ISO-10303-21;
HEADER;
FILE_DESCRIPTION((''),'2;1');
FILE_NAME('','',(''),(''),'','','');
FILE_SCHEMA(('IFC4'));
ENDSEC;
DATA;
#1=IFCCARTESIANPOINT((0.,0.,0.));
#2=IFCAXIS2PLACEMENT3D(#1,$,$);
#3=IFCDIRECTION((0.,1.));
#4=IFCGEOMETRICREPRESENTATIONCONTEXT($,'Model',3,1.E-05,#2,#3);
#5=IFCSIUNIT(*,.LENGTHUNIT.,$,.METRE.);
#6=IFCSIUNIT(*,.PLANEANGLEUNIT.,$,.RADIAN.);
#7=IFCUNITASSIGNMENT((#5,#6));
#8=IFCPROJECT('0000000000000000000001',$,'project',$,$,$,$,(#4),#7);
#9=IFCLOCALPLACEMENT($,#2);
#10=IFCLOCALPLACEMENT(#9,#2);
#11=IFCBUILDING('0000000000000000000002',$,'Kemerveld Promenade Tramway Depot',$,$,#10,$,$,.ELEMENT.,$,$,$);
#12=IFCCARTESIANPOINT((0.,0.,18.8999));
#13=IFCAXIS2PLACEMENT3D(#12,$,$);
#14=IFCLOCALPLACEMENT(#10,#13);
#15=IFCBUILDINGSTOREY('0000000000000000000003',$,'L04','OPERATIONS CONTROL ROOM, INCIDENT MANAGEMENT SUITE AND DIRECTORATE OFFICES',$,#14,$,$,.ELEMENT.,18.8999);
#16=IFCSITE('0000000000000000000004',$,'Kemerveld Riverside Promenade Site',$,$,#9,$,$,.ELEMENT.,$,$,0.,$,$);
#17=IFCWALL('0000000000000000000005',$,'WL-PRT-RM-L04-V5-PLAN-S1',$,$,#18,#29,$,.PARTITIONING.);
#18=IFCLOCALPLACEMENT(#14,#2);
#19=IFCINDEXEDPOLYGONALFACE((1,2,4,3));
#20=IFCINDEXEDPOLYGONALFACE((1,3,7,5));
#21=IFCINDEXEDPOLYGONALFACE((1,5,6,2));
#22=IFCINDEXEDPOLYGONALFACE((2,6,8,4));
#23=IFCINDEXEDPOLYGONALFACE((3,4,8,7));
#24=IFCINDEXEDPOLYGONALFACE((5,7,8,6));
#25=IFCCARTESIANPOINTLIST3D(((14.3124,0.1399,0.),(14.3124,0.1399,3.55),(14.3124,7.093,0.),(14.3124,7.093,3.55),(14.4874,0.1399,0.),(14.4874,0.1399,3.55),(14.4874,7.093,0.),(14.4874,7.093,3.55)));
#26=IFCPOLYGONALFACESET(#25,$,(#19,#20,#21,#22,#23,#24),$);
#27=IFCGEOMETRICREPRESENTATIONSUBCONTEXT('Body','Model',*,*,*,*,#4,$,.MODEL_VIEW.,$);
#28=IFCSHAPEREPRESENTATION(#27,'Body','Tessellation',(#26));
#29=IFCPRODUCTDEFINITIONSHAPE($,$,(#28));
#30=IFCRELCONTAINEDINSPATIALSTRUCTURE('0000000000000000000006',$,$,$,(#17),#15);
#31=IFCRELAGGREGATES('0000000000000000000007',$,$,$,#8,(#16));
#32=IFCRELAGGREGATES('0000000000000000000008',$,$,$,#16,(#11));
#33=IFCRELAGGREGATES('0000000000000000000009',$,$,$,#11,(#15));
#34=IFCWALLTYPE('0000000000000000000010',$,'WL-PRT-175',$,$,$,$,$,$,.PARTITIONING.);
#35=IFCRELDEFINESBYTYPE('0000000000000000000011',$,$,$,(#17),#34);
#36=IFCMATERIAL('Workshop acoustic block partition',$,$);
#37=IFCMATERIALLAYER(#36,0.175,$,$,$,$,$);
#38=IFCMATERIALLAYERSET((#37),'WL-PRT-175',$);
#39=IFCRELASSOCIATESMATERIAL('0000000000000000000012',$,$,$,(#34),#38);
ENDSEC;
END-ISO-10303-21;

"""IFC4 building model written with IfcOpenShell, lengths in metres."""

from ifc_helpers import new_model, si_unit, direction, frame, frame_2d, origin, place, context, subcontext, project, spatial, rectangle, extrude, material, layer, layer_set, type_object, element, save


model = new_model("IFC4")

# Units and contexts
model_context = context("Model", 3, precision=1e-05, world=origin(), true_north=direction((0.0, 1.0)))
body_context = subcontext(model_context, "Body", "Model", "MODEL_VIEW")
ifc_project = project(units=[si_unit("LENGTHUNIT", "METRE"), si_unit("PLANEANGLEUNIT", "RADIAN")], contexts=[model_context])

# Site, building, storey
site_placement = place(None, origin())
site = spatial("IfcSite", under=ifc_project, at=site_placement, Name="Kemerveld Riverside Promenade Site", CompositionType="ELEMENT", RefElevation=0.0)
building_placement = place(site_placement, origin())
building = spatial("IfcBuilding", under=site, at=building_placement, Name="Kemerveld Promenade Tramway Depot", CompositionType="ELEMENT")
storey_placement = place(building_placement, frame((0.0, 0.0, 18.8999)))
storey = spatial("IfcBuildingStorey", under=building, at=storey_placement, Name="L04", Description="OPERATIONS CONTROL ROOM, INCIDENT MANAGEMENT SUITE AND DIRECTORATE OFFICES", CompositionType="ELEMENT", Elevation=18.8999)

# Wall
ifc_material_1 = material(Name="Workshop acoustic block partition")
ifc_layer_1 = layer(ifc_material_1, 0.175)
ifc_layer_set_1 = layer_set([ifc_layer_1], Name="WL-PRT-175")
wall_type_1 = type_object("IfcWallType", Name="WL-PRT-175", PredefinedType="PARTITIONING", material=ifc_layer_set_1)
wall_1_placement = place(storey_placement, frame((14.3999, 0.1399, 0.0), z_axis=(0.0, 0.0, 1.0), x_axis=(0.0, 1.0, 0.0)))
element("IfcWall", 1, at=wall_1_placement, inside=storey, type_object=wall_type_1, Name="WL-PRT-RM-L04-V5-PLAN-S1", PredefinedType="PARTITIONING", context=body_context, shape_type="SweptSolid", body=[
    extrude(rectangle(XDim=6.9531, YDim=0.175, at=frame_2d((3.4766, 0.0))), origin(), (0.0, 0.0, 1.0), 3.55),
])

save(model, "model.ifc")
